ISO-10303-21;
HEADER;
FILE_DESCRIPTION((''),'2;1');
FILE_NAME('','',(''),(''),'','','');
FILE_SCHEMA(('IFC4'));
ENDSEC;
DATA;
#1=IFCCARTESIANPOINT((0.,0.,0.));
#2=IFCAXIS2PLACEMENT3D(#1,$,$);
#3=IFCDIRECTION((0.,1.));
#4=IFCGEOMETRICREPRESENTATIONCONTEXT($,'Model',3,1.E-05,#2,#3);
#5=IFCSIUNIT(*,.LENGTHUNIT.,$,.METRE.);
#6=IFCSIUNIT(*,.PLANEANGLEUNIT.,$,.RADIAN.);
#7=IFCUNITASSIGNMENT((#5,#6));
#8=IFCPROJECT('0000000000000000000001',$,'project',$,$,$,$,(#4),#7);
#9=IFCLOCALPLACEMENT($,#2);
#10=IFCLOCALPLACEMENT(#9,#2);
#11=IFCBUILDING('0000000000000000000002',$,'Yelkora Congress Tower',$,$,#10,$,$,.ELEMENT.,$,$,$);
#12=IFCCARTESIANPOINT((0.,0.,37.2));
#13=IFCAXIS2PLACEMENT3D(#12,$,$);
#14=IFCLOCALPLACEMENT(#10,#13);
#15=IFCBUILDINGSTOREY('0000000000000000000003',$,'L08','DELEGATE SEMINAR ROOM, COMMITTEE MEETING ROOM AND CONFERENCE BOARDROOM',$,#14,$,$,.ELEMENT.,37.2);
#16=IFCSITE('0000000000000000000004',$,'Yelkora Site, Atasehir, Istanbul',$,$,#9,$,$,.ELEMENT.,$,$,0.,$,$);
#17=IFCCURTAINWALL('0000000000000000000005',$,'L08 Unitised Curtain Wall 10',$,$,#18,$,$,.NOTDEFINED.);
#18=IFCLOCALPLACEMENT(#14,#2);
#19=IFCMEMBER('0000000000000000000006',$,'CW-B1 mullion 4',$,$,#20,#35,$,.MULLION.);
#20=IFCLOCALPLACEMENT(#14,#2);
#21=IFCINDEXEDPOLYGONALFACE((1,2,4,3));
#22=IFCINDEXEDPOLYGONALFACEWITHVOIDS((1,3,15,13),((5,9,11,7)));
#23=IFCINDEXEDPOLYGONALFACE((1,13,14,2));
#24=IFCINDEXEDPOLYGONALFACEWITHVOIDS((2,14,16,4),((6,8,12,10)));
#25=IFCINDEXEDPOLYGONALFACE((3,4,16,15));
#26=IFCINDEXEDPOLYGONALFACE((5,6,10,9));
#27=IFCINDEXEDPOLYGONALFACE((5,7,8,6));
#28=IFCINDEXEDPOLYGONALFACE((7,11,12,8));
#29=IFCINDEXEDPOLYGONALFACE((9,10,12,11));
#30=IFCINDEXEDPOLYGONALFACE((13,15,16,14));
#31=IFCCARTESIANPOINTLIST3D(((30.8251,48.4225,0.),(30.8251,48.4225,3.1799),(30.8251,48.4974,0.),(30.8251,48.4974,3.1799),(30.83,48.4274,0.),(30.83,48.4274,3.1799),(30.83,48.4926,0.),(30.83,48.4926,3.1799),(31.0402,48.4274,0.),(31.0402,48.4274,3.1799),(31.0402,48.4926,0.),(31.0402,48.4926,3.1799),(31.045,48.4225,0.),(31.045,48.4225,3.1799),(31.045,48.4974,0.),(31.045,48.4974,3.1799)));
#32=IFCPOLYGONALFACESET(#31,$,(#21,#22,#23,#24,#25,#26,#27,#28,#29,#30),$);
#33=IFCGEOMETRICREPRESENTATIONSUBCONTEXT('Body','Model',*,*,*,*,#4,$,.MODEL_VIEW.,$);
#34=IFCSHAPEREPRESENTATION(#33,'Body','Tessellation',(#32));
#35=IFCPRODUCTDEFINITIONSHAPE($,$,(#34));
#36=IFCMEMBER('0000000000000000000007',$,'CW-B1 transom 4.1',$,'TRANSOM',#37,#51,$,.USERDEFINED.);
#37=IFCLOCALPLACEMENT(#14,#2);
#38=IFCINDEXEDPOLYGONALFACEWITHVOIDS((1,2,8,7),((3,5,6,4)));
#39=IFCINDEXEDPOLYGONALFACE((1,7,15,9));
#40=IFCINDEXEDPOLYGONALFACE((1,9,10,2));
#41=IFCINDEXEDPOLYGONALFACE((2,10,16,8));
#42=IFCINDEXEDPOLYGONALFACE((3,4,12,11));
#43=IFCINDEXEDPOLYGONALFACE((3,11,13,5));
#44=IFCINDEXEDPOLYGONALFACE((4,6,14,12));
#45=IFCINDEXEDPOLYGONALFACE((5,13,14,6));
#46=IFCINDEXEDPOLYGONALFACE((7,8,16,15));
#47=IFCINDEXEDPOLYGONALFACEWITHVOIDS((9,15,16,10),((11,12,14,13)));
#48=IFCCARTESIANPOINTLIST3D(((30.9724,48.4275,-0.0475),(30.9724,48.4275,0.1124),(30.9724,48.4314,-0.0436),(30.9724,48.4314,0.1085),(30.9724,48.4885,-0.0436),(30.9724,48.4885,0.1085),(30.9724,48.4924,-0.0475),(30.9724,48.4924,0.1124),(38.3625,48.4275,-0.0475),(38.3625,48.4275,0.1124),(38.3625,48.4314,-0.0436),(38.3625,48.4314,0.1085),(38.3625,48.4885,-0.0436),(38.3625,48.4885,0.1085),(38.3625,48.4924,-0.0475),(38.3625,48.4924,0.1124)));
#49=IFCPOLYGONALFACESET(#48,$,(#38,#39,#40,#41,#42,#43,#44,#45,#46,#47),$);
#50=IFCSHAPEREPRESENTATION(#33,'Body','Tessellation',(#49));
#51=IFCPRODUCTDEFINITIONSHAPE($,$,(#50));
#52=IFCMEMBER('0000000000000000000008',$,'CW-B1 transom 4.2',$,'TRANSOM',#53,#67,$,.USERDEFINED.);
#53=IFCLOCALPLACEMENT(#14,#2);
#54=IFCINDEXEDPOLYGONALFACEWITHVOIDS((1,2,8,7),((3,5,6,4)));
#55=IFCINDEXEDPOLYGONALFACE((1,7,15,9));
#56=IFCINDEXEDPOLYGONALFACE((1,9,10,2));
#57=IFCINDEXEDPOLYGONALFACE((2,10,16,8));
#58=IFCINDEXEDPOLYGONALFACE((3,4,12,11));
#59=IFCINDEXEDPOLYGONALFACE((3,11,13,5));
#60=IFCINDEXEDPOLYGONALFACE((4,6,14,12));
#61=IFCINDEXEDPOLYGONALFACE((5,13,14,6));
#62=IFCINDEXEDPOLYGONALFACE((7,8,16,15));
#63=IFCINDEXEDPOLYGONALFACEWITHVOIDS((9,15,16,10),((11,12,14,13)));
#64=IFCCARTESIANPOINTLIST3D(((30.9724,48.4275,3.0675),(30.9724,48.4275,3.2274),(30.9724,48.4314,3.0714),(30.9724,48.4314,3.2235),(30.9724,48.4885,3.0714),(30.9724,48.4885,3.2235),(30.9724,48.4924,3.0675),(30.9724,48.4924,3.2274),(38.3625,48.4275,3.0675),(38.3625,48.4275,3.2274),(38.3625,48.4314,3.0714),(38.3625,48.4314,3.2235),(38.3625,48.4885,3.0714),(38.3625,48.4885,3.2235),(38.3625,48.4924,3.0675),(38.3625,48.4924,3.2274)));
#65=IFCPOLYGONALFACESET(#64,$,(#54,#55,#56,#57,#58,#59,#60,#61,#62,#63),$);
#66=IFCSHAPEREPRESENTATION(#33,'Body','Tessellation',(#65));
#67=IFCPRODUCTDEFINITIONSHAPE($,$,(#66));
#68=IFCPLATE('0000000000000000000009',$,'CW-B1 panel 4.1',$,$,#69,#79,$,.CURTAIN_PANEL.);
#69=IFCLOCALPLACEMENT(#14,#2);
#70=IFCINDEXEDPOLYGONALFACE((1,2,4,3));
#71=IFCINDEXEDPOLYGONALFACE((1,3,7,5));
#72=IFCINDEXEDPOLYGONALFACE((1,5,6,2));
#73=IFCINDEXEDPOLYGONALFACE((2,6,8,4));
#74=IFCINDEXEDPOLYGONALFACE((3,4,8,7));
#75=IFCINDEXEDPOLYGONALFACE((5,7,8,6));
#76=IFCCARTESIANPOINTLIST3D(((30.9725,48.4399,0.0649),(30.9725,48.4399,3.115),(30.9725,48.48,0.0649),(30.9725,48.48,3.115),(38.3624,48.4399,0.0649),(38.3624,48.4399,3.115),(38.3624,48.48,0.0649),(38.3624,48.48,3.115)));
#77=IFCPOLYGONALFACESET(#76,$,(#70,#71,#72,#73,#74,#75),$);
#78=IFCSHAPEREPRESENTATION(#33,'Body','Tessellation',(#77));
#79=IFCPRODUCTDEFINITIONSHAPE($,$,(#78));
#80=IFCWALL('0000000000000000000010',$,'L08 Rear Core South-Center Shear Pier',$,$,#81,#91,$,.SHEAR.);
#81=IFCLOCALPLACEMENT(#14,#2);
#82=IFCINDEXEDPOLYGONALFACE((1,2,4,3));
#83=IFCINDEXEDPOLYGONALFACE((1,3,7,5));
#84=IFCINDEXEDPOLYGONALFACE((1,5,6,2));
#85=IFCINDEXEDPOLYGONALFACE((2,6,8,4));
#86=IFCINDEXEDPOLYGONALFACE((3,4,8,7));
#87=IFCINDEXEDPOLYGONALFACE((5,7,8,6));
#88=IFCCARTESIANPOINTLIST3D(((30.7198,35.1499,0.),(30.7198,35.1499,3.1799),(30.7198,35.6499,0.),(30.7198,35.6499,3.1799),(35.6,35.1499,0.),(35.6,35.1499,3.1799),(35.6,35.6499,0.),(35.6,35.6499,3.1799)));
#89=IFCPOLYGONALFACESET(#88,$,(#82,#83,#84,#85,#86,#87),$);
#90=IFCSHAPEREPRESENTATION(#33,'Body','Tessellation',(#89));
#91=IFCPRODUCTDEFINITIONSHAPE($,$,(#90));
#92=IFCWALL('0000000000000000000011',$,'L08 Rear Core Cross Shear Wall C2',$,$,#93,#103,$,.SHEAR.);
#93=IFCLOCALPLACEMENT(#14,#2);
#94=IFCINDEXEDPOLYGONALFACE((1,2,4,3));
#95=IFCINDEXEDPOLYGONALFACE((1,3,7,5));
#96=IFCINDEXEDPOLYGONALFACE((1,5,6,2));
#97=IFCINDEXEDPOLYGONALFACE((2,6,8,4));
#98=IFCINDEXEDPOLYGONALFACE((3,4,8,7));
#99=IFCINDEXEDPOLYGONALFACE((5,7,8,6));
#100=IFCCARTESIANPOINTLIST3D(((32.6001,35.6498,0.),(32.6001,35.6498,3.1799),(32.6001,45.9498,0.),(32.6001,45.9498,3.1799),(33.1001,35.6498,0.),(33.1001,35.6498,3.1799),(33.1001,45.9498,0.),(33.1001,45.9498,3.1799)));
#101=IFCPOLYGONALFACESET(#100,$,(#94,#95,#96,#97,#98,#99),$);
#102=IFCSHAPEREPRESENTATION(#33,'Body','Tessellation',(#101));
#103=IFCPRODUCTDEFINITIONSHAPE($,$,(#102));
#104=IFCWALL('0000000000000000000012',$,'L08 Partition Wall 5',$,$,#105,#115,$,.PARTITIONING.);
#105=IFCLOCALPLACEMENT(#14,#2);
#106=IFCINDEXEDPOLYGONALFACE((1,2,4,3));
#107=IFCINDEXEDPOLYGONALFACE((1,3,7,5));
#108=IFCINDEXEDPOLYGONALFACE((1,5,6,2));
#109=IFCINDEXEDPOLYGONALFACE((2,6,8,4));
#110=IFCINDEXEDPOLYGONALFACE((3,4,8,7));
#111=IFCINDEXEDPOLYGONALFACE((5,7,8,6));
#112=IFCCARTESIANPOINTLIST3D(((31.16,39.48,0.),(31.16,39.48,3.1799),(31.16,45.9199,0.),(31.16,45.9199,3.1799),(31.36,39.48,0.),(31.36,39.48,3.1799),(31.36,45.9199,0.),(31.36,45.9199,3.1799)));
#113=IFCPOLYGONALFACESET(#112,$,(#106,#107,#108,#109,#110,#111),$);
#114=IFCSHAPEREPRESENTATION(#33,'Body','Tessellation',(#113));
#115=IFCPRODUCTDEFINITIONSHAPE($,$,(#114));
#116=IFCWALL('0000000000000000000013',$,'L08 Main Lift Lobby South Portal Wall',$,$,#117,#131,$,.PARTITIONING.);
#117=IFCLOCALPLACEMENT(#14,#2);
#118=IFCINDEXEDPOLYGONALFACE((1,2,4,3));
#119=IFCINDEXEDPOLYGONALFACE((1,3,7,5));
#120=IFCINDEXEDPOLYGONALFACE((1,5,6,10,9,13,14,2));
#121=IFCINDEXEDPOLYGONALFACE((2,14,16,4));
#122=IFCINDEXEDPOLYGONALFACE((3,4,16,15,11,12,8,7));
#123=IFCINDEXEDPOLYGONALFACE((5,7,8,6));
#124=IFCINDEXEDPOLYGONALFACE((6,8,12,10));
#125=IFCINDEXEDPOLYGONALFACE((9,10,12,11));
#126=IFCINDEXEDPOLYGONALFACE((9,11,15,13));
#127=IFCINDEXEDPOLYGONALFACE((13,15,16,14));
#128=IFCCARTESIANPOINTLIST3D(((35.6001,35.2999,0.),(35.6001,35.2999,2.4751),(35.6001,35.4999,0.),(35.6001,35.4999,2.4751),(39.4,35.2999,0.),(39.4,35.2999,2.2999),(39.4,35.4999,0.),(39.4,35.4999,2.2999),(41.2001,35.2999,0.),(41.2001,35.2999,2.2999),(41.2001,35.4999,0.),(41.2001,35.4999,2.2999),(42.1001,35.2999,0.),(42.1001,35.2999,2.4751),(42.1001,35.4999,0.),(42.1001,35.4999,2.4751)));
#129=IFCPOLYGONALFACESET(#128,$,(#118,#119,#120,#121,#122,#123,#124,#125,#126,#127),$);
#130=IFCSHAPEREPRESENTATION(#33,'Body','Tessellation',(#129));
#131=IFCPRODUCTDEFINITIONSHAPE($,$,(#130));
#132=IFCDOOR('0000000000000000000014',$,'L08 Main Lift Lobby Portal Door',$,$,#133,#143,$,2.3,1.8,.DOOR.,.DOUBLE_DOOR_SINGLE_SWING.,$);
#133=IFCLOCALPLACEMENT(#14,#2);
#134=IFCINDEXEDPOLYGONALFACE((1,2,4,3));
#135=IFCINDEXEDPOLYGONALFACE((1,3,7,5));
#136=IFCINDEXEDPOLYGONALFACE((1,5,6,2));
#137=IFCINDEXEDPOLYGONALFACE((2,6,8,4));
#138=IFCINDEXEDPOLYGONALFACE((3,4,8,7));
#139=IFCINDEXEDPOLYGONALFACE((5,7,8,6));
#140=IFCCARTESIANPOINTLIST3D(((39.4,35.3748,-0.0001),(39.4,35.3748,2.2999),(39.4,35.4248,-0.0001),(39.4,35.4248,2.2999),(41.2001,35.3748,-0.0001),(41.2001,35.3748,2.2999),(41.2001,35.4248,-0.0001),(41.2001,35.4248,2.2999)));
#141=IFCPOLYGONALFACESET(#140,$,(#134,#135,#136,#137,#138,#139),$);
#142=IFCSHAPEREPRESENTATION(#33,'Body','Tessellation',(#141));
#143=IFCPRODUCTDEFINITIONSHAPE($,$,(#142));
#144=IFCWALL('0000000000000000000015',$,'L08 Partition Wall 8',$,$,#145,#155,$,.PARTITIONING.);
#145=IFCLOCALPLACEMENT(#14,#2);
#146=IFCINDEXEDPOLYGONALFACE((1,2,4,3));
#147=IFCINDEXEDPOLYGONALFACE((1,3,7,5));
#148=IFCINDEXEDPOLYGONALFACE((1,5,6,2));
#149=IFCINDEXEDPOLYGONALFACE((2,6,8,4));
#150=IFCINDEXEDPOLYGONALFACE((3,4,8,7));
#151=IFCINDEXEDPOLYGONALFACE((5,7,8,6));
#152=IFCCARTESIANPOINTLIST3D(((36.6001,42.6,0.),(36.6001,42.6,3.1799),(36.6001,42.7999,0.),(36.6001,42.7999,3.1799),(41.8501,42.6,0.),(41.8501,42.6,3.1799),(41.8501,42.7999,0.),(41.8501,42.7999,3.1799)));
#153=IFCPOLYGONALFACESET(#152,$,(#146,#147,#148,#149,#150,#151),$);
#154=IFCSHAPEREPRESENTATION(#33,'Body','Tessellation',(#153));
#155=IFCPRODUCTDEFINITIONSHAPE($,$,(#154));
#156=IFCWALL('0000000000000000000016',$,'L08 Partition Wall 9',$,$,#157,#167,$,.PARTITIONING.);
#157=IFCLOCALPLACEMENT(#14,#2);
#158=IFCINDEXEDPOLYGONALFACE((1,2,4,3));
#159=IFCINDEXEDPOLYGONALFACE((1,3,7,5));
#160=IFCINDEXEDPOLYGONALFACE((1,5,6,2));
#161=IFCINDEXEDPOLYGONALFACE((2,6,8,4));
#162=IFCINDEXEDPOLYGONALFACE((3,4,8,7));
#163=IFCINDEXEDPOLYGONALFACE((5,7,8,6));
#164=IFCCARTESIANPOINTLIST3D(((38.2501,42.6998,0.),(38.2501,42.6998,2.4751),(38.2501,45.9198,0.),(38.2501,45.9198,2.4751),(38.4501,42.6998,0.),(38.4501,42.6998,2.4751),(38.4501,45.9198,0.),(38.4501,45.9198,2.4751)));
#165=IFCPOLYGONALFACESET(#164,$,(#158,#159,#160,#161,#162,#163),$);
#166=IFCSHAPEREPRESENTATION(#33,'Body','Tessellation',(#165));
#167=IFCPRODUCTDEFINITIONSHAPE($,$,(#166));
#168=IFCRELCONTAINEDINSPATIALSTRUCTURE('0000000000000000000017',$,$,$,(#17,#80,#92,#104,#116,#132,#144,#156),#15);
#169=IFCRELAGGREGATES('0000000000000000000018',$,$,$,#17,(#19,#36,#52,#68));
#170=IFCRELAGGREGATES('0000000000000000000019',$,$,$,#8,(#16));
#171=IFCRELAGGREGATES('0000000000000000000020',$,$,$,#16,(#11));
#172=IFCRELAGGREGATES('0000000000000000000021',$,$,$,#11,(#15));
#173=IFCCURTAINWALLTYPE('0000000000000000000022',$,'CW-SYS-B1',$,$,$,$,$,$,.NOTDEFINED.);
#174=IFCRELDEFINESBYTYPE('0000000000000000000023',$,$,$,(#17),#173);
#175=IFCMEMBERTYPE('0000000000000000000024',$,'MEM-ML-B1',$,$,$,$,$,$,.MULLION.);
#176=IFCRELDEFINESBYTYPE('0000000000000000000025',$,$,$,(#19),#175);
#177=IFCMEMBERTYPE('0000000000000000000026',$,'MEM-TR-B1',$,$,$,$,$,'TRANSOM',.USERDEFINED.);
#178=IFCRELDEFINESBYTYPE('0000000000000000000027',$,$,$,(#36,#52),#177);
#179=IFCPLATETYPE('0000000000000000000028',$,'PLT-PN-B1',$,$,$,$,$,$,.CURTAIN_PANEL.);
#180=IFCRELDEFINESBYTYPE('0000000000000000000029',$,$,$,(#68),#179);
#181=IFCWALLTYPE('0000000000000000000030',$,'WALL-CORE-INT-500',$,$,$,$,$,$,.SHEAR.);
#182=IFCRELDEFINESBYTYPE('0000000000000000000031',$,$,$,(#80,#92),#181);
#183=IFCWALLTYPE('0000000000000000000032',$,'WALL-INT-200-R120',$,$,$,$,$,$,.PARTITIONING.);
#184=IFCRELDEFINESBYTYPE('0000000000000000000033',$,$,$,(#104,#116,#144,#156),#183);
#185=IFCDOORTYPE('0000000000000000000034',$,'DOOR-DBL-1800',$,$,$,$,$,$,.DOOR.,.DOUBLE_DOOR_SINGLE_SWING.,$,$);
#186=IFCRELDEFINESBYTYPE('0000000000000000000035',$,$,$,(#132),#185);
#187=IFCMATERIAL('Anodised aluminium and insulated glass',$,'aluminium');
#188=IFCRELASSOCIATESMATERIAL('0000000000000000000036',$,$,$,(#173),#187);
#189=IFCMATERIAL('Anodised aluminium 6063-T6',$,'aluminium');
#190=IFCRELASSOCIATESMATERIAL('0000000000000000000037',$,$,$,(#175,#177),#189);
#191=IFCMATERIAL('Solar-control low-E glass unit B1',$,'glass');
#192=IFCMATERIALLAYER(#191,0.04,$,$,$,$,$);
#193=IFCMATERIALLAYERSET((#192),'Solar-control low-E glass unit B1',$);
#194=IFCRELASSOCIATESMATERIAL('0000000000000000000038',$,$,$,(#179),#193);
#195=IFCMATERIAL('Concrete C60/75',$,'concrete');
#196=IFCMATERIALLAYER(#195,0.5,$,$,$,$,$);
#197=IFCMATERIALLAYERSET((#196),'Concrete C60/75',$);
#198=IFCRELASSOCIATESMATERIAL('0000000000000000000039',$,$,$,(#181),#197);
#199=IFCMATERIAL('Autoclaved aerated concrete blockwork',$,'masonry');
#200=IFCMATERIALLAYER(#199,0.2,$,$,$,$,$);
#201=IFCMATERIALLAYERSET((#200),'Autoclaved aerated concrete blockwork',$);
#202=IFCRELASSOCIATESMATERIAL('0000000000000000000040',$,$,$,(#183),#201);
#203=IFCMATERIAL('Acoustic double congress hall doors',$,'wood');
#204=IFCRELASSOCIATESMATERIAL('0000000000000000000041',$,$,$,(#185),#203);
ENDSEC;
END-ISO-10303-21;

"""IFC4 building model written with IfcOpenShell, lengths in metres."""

from ifc_helpers import new_model, si_unit, direction, frame, frame_2d, origin, origin_2d, place, context, subcontext, project, spatial, rectangle, hollow_rectangle, extrude, material, layer, layer_set, material_profile, profile_set, type_object, element, fill, aggregate, save


model = new_model("IFC4")

# Units and contexts
model_context = context("Model", 3, precision=1e-05, world=origin(), true_north=direction((0.0, 1.0)))
body_context = subcontext(model_context, "Body", "Model", "MODEL_VIEW")
ifc_project = project(units=[si_unit("LENGTHUNIT", "METRE"), si_unit("PLANEANGLEUNIT", "RADIAN")], contexts=[model_context])

# Site, building, storey
site_placement = place(None, origin())
site = spatial("IfcSite", under=ifc_project, at=site_placement, Name="Yelkora Site, Atasehir, Istanbul", CompositionType="ELEMENT", RefElevation=0.0)
building_placement = place(site_placement, origin())
building = spatial("IfcBuilding", under=site, at=building_placement, Name="Yelkora Congress Tower", CompositionType="ELEMENT")
storey_placement = place(building_placement, frame((0.0, 0.0, 37.2)))
storey = spatial("IfcBuildingStorey", under=building, at=storey_placement, Name="L08", Description="DELEGATE SEMINAR ROOM, COMMITTEE MEETING ROOM AND CONFERENCE BOARDROOM", CompositionType="ELEMENT", Elevation=37.2)

# Shared definitions
ifc_material_1 = material(Name="Concrete C60/75", Category="concrete")

# Curtain wall, members, plate
ifc_material_2 = material(Name="Anodised aluminium and insulated glass", Category="aluminium")
curtain_wall_type = type_object("IfcCurtainWallType", Name="CW-SYS-B1", PredefinedType="NOTDEFINED", material=ifc_material_2)
curtain_wall_placement = place(storey_placement, origin())
curtain_wall = element("IfcCurtainWall", 1, at=curtain_wall_placement, inside=storey, type_object=curtain_wall_type, Name="L08 Unitised Curtain Wall 10", PredefinedType="NOTDEFINED")
ifc_material_3 = material(Name="Anodised aluminium 6063-T6", Category="aluminium")
ifc_material_profile_1 = material_profile(ifc_material_3, hollow_rectangle(XDim=0.075, YDim=0.22, WallThickness=0.0049, at=origin_2d()), Name="ALU 75x220x5")
ifc_profile_set_1 = profile_set([ifc_material_profile_1], Name="Anodised aluminium 6063-T6")
member_type_1 = type_object("IfcMemberType", Name="MEM-ML-B1", PredefinedType="MULLION", material=ifc_profile_set_1)
member_1_placement = place(storey_placement, frame((30.9351, 48.46, 0.0), z_axis=(0.0, 0.0, 1.0), x_axis=(0.0, 1.0, 0.0)))
member_1 = element("IfcMember", 2, at=member_1_placement, type_object=member_type_1, Name="CW-B1 mullion 4", PredefinedType="MULLION", context=body_context, shape_type="SweptSolid", body=[
    extrude(hollow_rectangle(XDim=0.075, YDim=0.22, WallThickness=0.0049, at=origin_2d()), origin(), (0.0, 0.0, 1.0), 3.1799),
])
ifc_material_profile_2 = material_profile(ifc_material_3, hollow_rectangle(XDim=0.0649, YDim=0.1599, WallThickness=0.0039, at=origin_2d()), Name="ALU 65x160x4")
ifc_profile_set_2 = profile_set([ifc_material_profile_2], Name="Anodised aluminium 6063-T6")
member_type_2 = type_object("IfcMemberType", Name="MEM-TR-B1", ElementType="TRANSOM", PredefinedType="USERDEFINED", material=ifc_profile_set_2)
member_2_placement = place(storey_placement, frame((30.9724, 48.46, 0.0325), z_axis=(1.0, 0.0, 0.0), x_axis=(0.0, 1.0, 0.0)))
member_2 = element("IfcMember", 3, at=member_2_placement, type_object=member_type_2, Name="CW-B1 transom 4.1", ObjectType="TRANSOM", PredefinedType="USERDEFINED", context=body_context, shape_type="SweptSolid", body=[
    extrude(hollow_rectangle(XDim=0.0649, YDim=0.1599, WallThickness=0.0039, at=origin_2d()), origin(), (0.0, 0.0, 1.0), 7.3901),
])
member_3_placement = place(storey_placement, frame((30.9724, 48.46, 3.1475), z_axis=(1.0, 0.0, 0.0), x_axis=(0.0, 1.0, 0.0)))
member_3 = element("IfcMember", 4, at=member_3_placement, type_object=member_type_2, Name="CW-B1 transom 4.2", ObjectType="TRANSOM", PredefinedType="USERDEFINED", context=body_context, shape_type="SweptSolid", body=[
    extrude(hollow_rectangle(XDim=0.0649, YDim=0.1599, WallThickness=0.0039, at=origin_2d()), origin(), (0.0, 0.0, 1.0), 7.3901),
])
ifc_material_4 = material(Name="Solar-control low-E glass unit B1", Category="glass")
ifc_layer_1 = layer(ifc_material_4, 0.04)
ifc_layer_set_1 = layer_set([ifc_layer_1], Name="Solar-control low-E glass unit B1")
plate_type = type_object("IfcPlateType", Name="PLT-PN-B1", PredefinedType="CURTAIN_PANEL", material=ifc_layer_set_1)
plate_placement = place(storey_placement, frame((34.6675, 48.46, 0.0649), z_axis=(0.0, 0.0, 1.0), x_axis=(1.0, 0.0, 0.0)))
plate = element("IfcPlate", 5, at=plate_placement, type_object=plate_type, Name="CW-B1 panel 4.1", PredefinedType="CURTAIN_PANEL", context=body_context, shape_type="SweptSolid", body=[
    extrude(rectangle(XDim=7.3899, YDim=0.04, at=origin_2d()), origin(), (0.0, 0.0, 1.0), 3.05),
])
aggregate(curtain_wall, [member_1, member_2, member_3, plate])

# Walls
ifc_layer_2 = layer(ifc_material_1, 0.5)
ifc_layer_set_2 = layer_set([ifc_layer_2], Name="Concrete C60/75")
wall_type_1 = type_object("IfcWallType", Name="WALL-CORE-INT-500", PredefinedType="SHEAR", material=ifc_layer_set_2)
wall_1_placement = place(storey_placement, frame((30.72, 35.3999, 0.0), z_axis=(0.0, 0.0, 1.0), x_axis=(1.0, 0.0, 0.0)))
element("IfcWall", 6, at=wall_1_placement, inside=storey, type_object=wall_type_1, Name="L08 Rear Core South-Center Shear Pier", PredefinedType="SHEAR", context=body_context, shape_type="SweptSolid", body=[
    extrude(rectangle(XDim=4.8801, YDim=0.5, at=frame_2d((2.4399, 0.0))), origin(), (0.0, 0.0, 1.0), 3.1799),
])
wall_2_placement = place(storey_placement, frame((32.8501, 35.6499, 0.0), z_axis=(0.0, 0.0, 1.0), x_axis=(0.0, 1.0, 0.0)))
element("IfcWall", 7, at=wall_2_placement, inside=storey, type_object=wall_type_1, Name="L08 Rear Core Cross Shear Wall C2", PredefinedType="SHEAR", context=body_context, shape_type="SweptSolid", body=[
    extrude(rectangle(XDim=10.3, YDim=0.5, at=frame_2d((5.1499, 0.0))), origin(), (0.0, 0.0, 1.0), 3.1799),
])
ifc_material_5 = material(Name="Autoclaved aerated concrete blockwork", Category="masonry")
ifc_layer_3 = layer(ifc_material_5, 0.2)
ifc_layer_set_3 = layer_set([ifc_layer_3], Name="Autoclaved aerated concrete blockwork")
wall_type_2 = type_object("IfcWallType", Name="WALL-INT-200-R120", PredefinedType="PARTITIONING", material=ifc_layer_set_3)
wall_3_placement = place(storey_placement, frame((31.26, 39.48, 0.0), z_axis=(0.0, 0.0, 1.0), x_axis=(0.0, 1.0, 0.0)))
element("IfcWall", 8, at=wall_3_placement, inside=storey, type_object=wall_type_2, Name="L08 Partition Wall 5", PredefinedType="PARTITIONING", context=body_context, shape_type="SweptSolid", body=[
    extrude(rectangle(XDim=6.4399, YDim=0.2, at=frame_2d((3.22, 0.0))), origin(), (0.0, 0.0, 1.0), 3.1799),
])

# Wall, opening, door
wall_4_placement = place(storey_placement, frame((35.6001, 35.3999, 0.0), z_axis=(0.0, 0.0, 1.0), x_axis=(1.0, 0.0, 0.0)))
wall_4 = element("IfcWall", 9, at=wall_4_placement, inside=storey, type_object=wall_type_2, Name="L08 Main Lift Lobby South Portal Wall", PredefinedType="PARTITIONING", context=body_context, shape_type="SweptSolid", body=[
    extrude(rectangle(XDim=6.5, YDim=0.2, at=frame_2d((3.25, 0.0))), origin(), (0.0, 0.0, 1.0), 2.4751),
])
opening_1_placement = place(wall_4_placement, frame((3.8, 0.0, 0.0)))
opening_1 = element("IfcOpeningElement", 10, at=opening_1_placement, cuts=wall_4, PredefinedType="OPENING", context=body_context, shape_type="SweptSolid", body=[
    extrude(rectangle(XDim=1.8, YDim=2.3, at=frame_2d((0.8999, 1.1499))), frame((0.0, 0.1099, 0.0), z_axis=(0.0, -1.0, 0.0), x_axis=(1.0, 0.0, 0.0)), (0.0, 0.0, 1.0), 0.22),
])
ifc_material_6 = material(Name="Acoustic double congress hall doors", Category="wood")
door_type_1 = type_object("IfcDoorType", Name="DOOR-DBL-1800", OperationType="DOUBLE_DOOR_SINGLE_SWING", PredefinedType="DOOR", material=ifc_material_6)
door_1_placement = place(opening_1_placement, origin())
door_1 = element("IfcDoor", 11, at=door_1_placement, inside=storey, type_object=door_type_1, Name="L08 Main Lift Lobby Portal Door", OperationType="DOUBLE_DOOR_SINGLE_SWING", OverallHeight=2.3, OverallWidth=1.8, PredefinedType="DOOR", context=body_context, shape_type="SweptSolid", body=[
    extrude(rectangle(XDim=1.8, YDim=2.3, at=frame_2d((0.8999, 1.1499))), frame((0.0, 0.0249, 0.0), z_axis=(0.0, -1.0, 0.0), x_axis=(1.0, 0.0, 0.0)), (0.0, 0.0, 1.0), 0.05),
])
fill(opening_1, door_1)

# Walls
wall_5_placement = place(storey_placement, frame((36.6001, 42.7, 0.0), z_axis=(0.0, 0.0, 1.0), x_axis=(1.0, 0.0, 0.0)))
element("IfcWall", 12, at=wall_5_placement, inside=storey, type_object=wall_type_2, Name="L08 Partition Wall 8", PredefinedType="PARTITIONING", context=body_context, shape_type="SweptSolid", body=[
    extrude(rectangle(XDim=5.25, YDim=0.2, at=frame_2d((2.625, 0.0))), origin(), (0.0, 0.0, 1.0), 3.1799),
])
wall_6_placement = place(storey_placement, frame((38.3501, 42.7, 0.0), z_axis=(0.0, 0.0, 1.0), x_axis=(0.0, 1.0, 0.0)))
element("IfcWall", 13, at=wall_6_placement, inside=storey, type_object=wall_type_2, Name="L08 Partition Wall 9", PredefinedType="PARTITIONING", context=body_context, shape_type="SweptSolid", body=[
    extrude(rectangle(XDim=3.22, YDim=0.2, at=frame_2d((1.6099, 0.0))), origin(), (0.0, 0.0, 1.0), 2.4751),
])

save(model, "model.ifc")
